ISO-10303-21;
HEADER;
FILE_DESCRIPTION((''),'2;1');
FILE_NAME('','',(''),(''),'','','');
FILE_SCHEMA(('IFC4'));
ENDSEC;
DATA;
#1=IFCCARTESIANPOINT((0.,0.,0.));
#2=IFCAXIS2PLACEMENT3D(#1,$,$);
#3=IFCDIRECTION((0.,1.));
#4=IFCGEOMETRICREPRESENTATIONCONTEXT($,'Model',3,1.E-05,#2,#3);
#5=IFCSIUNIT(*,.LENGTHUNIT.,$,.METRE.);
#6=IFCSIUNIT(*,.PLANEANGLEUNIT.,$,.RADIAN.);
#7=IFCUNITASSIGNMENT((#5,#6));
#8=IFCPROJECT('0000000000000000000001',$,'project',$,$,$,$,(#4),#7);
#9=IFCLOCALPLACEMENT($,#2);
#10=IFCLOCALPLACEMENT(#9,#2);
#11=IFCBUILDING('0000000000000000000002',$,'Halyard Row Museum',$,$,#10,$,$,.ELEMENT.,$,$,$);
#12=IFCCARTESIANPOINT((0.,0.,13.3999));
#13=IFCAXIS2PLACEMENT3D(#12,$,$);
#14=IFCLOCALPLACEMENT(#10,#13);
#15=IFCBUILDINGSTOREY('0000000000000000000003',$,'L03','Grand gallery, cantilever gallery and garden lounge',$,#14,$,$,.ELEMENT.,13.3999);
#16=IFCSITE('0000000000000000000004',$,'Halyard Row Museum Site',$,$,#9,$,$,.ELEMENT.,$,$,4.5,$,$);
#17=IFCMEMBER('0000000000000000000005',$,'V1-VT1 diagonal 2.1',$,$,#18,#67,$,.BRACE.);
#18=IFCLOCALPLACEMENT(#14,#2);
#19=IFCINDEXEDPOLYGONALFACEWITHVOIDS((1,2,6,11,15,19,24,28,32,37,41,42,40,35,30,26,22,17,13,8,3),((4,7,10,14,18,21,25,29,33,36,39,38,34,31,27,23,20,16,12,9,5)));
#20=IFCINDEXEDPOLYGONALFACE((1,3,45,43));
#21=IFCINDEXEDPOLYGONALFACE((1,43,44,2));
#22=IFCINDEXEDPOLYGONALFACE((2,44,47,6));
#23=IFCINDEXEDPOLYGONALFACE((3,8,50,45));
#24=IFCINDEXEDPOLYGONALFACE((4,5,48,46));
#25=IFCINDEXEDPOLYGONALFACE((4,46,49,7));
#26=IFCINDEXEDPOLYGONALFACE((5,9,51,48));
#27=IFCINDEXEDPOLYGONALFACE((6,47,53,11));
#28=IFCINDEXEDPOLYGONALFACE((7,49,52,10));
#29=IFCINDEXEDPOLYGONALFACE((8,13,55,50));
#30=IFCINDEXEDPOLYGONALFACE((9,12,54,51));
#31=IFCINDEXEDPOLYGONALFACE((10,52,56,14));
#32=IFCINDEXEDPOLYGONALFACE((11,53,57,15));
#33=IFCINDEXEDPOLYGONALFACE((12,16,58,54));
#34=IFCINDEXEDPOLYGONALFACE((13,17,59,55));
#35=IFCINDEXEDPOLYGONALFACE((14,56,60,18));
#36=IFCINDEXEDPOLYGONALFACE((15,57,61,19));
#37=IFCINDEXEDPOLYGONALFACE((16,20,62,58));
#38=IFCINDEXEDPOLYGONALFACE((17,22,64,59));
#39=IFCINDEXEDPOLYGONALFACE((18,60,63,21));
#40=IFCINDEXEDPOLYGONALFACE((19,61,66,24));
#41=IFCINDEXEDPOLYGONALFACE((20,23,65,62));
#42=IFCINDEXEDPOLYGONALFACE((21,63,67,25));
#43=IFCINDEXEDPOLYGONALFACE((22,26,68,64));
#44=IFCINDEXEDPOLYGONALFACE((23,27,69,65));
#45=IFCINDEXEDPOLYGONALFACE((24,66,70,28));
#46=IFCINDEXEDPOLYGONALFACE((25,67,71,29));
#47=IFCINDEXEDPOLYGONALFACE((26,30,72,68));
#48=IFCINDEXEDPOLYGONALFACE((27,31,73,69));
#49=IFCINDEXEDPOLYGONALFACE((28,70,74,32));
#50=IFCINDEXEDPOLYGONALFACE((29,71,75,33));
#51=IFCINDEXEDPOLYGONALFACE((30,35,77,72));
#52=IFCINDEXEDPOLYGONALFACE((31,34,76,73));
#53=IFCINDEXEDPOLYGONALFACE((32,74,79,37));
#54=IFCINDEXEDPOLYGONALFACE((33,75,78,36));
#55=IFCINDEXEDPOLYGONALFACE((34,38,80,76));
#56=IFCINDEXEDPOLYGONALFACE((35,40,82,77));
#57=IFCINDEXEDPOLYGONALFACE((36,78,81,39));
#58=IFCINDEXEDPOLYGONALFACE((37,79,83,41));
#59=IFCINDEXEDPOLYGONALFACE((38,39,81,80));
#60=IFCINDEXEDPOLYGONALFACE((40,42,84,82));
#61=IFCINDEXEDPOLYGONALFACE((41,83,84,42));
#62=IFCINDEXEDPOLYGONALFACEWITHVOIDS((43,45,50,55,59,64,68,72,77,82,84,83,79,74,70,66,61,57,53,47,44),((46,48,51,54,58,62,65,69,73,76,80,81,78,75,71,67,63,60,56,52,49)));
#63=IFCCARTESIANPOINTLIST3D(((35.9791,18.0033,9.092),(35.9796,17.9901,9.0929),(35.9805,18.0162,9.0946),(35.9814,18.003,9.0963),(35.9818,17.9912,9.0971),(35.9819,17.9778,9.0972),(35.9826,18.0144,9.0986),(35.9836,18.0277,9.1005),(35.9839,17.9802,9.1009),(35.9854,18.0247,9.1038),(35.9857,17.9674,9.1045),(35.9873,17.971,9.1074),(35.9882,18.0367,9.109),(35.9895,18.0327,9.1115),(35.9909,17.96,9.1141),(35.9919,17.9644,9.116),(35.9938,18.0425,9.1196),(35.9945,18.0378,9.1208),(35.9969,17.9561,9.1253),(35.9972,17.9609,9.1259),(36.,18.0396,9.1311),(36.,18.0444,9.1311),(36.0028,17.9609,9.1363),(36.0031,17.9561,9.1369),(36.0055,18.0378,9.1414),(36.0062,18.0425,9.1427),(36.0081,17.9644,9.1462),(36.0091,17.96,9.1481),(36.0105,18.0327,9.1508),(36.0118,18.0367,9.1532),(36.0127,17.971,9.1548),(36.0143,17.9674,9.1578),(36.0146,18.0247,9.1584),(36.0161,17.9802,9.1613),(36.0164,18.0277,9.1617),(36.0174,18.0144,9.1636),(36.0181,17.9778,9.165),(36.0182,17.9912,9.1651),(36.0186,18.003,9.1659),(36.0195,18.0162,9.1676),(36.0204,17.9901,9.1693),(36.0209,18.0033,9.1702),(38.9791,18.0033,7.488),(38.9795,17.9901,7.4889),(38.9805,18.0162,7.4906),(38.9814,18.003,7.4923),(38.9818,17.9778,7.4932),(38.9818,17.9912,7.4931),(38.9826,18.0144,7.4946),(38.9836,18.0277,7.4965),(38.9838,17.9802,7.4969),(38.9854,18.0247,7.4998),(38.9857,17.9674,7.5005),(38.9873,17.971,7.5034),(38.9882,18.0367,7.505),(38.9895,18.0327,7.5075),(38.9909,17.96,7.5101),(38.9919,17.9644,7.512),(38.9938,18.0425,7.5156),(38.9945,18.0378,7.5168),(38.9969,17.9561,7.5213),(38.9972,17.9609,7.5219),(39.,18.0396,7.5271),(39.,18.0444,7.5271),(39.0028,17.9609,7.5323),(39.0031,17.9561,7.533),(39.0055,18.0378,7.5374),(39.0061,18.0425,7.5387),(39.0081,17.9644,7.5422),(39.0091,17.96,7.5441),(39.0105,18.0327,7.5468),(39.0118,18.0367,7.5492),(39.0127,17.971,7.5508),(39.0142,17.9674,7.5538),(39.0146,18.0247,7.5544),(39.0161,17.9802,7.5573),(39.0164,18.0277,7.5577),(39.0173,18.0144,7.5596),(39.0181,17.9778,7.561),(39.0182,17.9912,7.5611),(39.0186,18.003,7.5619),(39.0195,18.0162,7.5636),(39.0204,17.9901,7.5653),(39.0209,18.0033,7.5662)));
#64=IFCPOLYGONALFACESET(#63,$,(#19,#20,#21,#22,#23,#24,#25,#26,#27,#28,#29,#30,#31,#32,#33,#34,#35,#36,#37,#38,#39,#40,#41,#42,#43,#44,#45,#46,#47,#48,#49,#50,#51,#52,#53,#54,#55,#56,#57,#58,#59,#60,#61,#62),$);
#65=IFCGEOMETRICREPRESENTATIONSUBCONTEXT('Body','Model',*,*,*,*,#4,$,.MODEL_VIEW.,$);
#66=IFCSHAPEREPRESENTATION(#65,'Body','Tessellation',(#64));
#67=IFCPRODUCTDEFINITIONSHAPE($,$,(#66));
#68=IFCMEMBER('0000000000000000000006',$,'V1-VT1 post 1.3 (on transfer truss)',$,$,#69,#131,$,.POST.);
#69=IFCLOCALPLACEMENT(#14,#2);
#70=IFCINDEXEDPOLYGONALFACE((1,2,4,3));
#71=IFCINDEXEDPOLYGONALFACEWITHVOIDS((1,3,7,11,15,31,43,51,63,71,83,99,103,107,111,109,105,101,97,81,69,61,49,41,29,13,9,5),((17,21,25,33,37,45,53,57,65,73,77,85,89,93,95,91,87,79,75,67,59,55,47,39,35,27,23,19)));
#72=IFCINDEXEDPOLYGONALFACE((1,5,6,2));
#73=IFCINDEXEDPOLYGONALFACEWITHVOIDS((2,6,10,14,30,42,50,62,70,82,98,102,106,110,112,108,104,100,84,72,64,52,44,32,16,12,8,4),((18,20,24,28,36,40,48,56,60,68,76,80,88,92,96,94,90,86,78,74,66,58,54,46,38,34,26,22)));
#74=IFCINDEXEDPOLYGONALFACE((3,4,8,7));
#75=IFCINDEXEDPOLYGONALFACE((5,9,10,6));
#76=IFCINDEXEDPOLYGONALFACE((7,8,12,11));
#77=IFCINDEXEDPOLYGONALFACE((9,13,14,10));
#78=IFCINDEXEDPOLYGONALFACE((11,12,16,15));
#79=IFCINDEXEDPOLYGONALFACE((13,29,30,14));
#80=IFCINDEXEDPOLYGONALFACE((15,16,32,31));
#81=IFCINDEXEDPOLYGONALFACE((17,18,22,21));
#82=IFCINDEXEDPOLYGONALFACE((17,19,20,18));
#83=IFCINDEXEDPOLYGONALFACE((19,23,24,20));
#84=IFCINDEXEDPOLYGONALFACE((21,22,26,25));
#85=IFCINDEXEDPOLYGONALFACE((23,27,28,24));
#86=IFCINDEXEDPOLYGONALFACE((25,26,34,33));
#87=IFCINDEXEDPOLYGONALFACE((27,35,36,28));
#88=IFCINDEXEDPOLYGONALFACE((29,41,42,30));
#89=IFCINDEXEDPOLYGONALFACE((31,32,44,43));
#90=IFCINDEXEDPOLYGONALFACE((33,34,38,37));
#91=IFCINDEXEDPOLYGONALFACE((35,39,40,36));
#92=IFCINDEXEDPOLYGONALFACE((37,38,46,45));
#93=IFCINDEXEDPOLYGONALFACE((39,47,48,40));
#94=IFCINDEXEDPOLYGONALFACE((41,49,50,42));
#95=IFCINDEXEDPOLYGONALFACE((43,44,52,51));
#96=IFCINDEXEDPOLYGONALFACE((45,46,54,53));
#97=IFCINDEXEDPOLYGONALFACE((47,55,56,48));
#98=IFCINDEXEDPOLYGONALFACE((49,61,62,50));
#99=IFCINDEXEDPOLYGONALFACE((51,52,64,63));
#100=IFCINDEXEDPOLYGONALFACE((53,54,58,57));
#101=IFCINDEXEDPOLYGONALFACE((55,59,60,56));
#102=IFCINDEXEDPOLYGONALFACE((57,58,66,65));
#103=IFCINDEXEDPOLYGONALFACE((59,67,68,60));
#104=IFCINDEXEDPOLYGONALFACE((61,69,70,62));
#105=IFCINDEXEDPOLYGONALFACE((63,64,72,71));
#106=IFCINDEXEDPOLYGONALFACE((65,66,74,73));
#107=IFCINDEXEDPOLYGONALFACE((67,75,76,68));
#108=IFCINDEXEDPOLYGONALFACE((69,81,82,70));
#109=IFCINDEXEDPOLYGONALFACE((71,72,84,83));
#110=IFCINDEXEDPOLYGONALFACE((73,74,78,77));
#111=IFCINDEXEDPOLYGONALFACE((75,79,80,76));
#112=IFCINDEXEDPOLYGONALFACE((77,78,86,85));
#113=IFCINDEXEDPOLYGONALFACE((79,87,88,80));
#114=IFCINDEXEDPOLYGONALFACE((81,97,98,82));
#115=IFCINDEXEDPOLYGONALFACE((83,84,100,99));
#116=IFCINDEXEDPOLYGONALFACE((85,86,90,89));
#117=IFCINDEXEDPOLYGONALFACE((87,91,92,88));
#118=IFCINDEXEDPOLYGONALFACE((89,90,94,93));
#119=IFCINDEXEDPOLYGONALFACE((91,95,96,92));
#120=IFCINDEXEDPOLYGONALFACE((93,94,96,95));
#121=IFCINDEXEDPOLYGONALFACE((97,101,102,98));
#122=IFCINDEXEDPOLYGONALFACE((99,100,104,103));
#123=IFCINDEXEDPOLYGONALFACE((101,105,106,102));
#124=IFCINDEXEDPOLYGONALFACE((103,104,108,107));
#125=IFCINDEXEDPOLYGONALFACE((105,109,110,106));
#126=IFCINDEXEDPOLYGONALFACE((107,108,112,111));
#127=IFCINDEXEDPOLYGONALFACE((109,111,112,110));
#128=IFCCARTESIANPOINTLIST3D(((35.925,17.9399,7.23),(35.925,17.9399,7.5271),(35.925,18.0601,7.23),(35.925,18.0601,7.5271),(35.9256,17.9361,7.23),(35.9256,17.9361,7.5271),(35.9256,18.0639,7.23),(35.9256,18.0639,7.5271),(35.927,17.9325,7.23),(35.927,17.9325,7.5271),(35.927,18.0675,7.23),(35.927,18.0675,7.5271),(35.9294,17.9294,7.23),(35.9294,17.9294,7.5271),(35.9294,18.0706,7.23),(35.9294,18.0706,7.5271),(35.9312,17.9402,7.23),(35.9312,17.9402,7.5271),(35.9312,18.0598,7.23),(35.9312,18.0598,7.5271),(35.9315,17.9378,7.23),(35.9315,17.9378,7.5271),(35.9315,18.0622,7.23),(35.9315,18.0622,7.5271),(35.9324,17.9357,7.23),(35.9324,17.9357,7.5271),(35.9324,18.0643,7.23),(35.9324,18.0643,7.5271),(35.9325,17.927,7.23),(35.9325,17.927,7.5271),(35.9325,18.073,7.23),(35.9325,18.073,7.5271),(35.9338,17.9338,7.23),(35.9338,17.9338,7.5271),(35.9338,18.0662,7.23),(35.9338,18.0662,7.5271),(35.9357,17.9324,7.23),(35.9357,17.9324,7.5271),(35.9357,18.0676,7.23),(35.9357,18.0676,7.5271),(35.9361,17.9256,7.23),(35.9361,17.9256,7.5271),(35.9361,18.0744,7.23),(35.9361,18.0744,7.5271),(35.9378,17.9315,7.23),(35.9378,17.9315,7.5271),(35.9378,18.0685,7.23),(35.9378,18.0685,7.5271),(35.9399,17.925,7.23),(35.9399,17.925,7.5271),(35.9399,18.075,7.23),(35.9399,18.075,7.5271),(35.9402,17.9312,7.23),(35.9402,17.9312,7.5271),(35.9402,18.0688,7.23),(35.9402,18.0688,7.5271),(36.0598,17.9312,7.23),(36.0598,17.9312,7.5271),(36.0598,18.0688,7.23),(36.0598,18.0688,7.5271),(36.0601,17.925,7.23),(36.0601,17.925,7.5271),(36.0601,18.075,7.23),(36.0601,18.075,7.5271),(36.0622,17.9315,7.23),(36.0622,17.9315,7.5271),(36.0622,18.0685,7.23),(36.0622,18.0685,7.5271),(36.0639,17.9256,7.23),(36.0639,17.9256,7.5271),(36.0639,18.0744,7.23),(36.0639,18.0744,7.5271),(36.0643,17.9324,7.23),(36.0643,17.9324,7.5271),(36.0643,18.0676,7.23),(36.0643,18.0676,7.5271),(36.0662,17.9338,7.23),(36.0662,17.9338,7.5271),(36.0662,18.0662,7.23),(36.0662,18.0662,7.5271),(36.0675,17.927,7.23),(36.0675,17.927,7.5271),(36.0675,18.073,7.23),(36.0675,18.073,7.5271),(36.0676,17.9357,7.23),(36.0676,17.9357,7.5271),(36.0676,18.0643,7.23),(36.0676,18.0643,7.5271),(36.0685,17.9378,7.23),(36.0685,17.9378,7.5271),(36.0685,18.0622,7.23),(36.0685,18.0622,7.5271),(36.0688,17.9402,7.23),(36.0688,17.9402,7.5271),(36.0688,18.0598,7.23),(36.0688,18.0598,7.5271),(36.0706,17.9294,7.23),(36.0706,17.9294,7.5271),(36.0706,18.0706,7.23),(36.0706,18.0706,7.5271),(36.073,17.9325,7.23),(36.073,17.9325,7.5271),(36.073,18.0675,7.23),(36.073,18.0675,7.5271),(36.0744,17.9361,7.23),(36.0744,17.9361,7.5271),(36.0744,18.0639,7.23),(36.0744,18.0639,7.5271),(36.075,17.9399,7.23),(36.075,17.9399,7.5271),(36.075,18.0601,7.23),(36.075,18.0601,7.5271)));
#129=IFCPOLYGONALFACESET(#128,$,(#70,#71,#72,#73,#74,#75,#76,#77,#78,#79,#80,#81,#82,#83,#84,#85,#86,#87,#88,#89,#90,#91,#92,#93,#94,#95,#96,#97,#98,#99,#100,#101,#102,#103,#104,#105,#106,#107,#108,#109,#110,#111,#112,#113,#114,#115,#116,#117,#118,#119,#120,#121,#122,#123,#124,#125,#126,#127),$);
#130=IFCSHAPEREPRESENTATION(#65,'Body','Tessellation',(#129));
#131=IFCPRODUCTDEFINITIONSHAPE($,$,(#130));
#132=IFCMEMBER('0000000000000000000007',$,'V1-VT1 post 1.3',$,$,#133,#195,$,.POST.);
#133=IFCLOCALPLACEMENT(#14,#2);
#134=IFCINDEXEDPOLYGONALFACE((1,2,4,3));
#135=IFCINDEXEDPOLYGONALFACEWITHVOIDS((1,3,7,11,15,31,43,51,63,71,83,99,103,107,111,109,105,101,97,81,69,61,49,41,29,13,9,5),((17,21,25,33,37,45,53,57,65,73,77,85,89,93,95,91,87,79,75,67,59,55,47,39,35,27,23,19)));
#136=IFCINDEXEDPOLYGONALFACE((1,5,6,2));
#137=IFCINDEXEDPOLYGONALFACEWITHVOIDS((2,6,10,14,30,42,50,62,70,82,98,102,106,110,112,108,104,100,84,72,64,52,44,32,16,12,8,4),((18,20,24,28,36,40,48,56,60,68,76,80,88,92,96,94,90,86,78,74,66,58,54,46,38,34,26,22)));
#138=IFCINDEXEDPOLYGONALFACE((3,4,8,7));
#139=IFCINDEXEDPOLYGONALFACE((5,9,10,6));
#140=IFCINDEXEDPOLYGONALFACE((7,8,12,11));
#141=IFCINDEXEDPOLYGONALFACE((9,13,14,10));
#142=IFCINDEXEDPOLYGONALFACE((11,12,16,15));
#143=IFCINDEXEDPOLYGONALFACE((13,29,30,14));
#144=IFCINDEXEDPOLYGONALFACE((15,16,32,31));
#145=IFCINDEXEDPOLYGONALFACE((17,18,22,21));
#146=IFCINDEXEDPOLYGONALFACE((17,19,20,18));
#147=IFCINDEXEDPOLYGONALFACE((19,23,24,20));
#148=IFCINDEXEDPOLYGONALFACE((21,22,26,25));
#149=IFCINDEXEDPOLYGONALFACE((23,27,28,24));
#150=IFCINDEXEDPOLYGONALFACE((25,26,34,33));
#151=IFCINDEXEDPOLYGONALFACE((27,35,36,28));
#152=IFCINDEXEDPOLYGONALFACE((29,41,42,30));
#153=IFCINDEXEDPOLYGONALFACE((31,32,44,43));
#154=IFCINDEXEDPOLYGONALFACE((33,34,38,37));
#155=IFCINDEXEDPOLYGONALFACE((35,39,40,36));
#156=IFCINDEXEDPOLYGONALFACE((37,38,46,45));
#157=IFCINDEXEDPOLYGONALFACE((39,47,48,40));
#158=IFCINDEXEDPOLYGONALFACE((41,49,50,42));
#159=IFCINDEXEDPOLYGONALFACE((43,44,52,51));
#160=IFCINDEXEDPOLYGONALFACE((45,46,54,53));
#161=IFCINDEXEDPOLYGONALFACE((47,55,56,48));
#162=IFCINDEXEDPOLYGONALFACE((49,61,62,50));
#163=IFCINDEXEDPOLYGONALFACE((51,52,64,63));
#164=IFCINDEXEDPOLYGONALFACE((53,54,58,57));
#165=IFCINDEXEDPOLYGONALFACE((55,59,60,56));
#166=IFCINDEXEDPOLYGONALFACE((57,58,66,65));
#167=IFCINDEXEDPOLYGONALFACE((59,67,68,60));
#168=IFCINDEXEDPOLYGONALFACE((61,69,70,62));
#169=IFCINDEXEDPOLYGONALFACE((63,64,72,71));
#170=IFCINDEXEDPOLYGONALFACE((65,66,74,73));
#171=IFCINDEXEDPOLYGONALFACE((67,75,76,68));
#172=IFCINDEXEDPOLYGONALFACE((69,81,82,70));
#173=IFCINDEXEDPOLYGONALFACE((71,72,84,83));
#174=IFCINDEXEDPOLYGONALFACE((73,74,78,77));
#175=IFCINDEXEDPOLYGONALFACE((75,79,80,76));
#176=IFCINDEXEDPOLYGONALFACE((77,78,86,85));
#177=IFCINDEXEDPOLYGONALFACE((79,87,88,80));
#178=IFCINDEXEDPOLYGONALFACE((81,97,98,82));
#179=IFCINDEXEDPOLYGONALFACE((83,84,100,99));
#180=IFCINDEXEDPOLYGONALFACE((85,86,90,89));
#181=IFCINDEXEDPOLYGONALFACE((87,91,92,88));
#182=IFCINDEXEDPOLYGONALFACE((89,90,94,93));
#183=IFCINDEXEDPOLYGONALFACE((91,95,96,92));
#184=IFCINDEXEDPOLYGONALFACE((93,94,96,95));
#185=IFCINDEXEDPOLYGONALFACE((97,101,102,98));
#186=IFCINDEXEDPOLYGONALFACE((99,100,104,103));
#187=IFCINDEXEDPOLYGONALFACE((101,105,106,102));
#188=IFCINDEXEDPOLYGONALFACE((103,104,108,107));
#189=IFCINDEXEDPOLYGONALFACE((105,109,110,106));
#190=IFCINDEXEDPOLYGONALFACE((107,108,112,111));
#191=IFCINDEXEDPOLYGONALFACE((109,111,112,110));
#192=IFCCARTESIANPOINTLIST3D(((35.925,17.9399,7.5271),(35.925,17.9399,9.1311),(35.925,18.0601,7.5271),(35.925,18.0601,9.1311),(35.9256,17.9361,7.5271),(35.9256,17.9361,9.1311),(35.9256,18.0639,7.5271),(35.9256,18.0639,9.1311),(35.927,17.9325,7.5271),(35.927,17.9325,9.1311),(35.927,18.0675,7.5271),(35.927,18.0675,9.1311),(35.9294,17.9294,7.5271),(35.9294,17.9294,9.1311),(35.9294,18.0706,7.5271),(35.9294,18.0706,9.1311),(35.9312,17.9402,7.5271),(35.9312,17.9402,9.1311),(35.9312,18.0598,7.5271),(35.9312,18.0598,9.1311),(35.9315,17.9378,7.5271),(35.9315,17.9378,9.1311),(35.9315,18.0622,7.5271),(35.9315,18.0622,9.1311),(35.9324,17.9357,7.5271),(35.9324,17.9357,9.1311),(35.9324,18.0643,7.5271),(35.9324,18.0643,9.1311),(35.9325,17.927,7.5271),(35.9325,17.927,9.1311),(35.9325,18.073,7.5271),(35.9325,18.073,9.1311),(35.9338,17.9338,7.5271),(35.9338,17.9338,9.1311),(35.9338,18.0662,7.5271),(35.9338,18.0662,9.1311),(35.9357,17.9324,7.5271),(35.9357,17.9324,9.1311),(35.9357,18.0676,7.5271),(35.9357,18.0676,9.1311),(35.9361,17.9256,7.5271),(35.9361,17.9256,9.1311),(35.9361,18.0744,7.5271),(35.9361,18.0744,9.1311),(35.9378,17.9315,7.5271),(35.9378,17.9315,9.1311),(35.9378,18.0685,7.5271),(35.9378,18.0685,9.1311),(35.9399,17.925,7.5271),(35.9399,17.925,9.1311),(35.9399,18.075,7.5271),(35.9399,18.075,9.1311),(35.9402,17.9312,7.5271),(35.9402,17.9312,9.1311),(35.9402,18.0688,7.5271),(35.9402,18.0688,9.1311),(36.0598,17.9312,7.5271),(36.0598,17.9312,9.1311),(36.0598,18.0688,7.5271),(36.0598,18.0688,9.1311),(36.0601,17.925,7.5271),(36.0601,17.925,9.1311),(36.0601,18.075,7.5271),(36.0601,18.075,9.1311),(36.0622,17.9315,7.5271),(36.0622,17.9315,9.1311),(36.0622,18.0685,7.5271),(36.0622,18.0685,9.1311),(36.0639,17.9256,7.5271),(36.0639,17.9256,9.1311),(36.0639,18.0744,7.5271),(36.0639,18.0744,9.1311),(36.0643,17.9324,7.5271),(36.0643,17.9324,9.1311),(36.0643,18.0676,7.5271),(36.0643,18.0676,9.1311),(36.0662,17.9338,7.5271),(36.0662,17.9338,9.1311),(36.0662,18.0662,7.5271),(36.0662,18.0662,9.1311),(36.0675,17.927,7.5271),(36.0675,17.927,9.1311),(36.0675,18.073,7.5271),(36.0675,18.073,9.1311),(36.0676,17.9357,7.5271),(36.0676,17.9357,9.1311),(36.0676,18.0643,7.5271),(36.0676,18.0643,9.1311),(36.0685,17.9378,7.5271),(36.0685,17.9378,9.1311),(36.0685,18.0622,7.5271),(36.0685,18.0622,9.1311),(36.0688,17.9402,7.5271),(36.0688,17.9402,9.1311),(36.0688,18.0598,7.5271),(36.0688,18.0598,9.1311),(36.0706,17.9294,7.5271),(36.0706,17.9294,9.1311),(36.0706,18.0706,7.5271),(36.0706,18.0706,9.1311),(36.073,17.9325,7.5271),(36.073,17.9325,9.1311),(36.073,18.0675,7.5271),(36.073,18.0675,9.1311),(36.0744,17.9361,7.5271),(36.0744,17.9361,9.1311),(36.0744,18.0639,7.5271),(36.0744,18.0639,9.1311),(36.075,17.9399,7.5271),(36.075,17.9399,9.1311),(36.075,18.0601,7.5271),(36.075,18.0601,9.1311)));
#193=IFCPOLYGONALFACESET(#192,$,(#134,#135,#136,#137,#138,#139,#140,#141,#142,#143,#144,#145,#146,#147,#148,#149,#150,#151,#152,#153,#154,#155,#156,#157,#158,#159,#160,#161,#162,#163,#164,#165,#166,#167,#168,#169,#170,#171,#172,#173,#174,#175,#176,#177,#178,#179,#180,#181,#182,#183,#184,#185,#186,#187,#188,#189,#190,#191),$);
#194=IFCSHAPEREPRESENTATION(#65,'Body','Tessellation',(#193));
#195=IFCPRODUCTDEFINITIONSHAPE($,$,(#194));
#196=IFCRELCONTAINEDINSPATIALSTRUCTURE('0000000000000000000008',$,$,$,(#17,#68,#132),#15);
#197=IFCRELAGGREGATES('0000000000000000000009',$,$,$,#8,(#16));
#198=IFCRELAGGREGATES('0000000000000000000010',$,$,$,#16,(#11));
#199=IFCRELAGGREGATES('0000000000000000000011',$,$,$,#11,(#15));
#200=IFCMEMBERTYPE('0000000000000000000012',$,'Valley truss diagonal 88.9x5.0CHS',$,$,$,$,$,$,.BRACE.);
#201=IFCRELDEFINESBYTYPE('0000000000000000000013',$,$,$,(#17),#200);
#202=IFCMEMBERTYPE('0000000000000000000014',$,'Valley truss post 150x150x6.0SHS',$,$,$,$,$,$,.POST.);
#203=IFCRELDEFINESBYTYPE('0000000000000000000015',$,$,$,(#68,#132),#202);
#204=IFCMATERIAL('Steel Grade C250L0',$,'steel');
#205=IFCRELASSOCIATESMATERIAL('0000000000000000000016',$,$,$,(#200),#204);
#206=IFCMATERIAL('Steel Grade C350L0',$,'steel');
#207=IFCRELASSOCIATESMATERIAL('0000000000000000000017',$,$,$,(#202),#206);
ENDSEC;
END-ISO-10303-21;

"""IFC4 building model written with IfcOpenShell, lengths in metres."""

from ifc_helpers import new_model, si_unit, direction, frame, origin, origin_2d, place, context, subcontext, project, spatial, hollow_rectangle, hollow_circle, extrude, material, material_profile, profile_set, type_object, element, save


model = new_model("IFC4")

# Units and contexts
model_context = context("Model", 3, precision=1e-05, world=origin(), true_north=direction((0.0, 1.0)))
body_context = subcontext(model_context, "Body", "Model", "MODEL_VIEW")
ifc_project = project(units=[si_unit("LENGTHUNIT", "METRE"), si_unit("PLANEANGLEUNIT", "RADIAN")], contexts=[model_context])

# Site, building, storey
site_placement = place(None, origin())
site = spatial("IfcSite", under=ifc_project, at=site_placement, Name="Halyard Row Museum Site", CompositionType="ELEMENT", RefElevation=4.5)
building_placement = place(site_placement, origin())
building = spatial("IfcBuilding", under=site, at=building_placement, Name="Halyard Row Museum", CompositionType="ELEMENT")
storey_placement = place(building_placement, frame((0.0, 0.0, 13.3999)))
storey = spatial("IfcBuildingStorey", under=building, at=storey_placement, Name="L03", Description="Grand gallery, cantilever gallery and garden lounge", CompositionType="ELEMENT", Elevation=13.3999)

# Members
ifc_material_1 = material(Name="Steel Grade C250L0", Category="steel")
ifc_material_profile_1 = material_profile(ifc_material_1, hollow_circle(Radius=0.0444, WallThickness=0.0049, at=origin_2d()), Name="88.9x5.0CHS")
ifc_profile_set_1 = profile_set([ifc_material_profile_1], Name="Steel Grade C250L0")
member_type_1 = type_object("IfcMemberType", Name="Valley truss diagonal 88.9x5.0CHS", PredefinedType="BRACE", material=ifc_profile_set_1)
member_1_placement = place(storey_placement, frame((36.0, 18.0, 9.1311), z_axis=(0.881864, 0.0, -0.471504), x_axis=(0.0, 1.0, 0.0)))
element("IfcMember", 1, at=member_1_placement, inside=storey, type_object=member_type_1, Name="V1-VT1 diagonal 2.1", PredefinedType="BRACE", context=body_context, shape_type="SweptSolid", body=[
    extrude(hollow_circle(Radius=0.0444, WallThickness=0.0049, at=origin_2d()), origin(), (0.0, 0.0, 1.0), 3.4019),
])
ifc_material_2 = material(Name="Steel Grade C350L0", Category="steel")
ifc_material_profile_2 = material_profile(ifc_material_2, hollow_rectangle(XDim=0.1499, YDim=0.1499, WallThickness=0.0061, InnerFilletRadius=0.009, OuterFilletRadius=0.0149, at=origin_2d()), Name="150x150x6.0SHS")
ifc_profile_set_2 = profile_set([ifc_material_profile_2], Name="Steel Grade C350L0")
member_type_2 = type_object("IfcMemberType", Name="Valley truss post 150x150x6.0SHS", PredefinedType="POST", material=ifc_profile_set_2)
member_2_placement = place(storey_placement, frame((36.0, 18.0, 7.23), z_axis=(0.0, 0.0, 1.0), x_axis=(1.0, 0.0, 0.0)))
element("IfcMember", 2, at=member_2_placement, inside=storey, type_object=member_type_2, Name="V1-VT1 post 1.3 (on transfer truss)", PredefinedType="POST", context=body_context, shape_type="SweptSolid", body=[
    extrude(hollow_rectangle(XDim=0.1499, YDim=0.1499, WallThickness=0.0061, InnerFilletRadius=0.009, OuterFilletRadius=0.0149, at=origin_2d()), origin(), (0.0, 0.0, 1.0), 0.2971),
])
member_3_placement = place(storey_placement, frame((36.0, 18.0, 7.5271), z_axis=(0.0, 0.0, 1.0), x_axis=(1.0, 0.0, 0.0)))
element("IfcMember", 3, at=member_3_placement, inside=storey, type_object=member_type_2, Name="V1-VT1 post 1.3", PredefinedType="POST", context=body_context, shape_type="SweptSolid", body=[
    extrude(hollow_rectangle(XDim=0.1499, YDim=0.1499, WallThickness=0.0061, InnerFilletRadius=0.009, OuterFilletRadius=0.0149, at=origin_2d()), origin(), (0.0, 0.0, 1.0), 1.604),
])

save(model, "model.ifc")
